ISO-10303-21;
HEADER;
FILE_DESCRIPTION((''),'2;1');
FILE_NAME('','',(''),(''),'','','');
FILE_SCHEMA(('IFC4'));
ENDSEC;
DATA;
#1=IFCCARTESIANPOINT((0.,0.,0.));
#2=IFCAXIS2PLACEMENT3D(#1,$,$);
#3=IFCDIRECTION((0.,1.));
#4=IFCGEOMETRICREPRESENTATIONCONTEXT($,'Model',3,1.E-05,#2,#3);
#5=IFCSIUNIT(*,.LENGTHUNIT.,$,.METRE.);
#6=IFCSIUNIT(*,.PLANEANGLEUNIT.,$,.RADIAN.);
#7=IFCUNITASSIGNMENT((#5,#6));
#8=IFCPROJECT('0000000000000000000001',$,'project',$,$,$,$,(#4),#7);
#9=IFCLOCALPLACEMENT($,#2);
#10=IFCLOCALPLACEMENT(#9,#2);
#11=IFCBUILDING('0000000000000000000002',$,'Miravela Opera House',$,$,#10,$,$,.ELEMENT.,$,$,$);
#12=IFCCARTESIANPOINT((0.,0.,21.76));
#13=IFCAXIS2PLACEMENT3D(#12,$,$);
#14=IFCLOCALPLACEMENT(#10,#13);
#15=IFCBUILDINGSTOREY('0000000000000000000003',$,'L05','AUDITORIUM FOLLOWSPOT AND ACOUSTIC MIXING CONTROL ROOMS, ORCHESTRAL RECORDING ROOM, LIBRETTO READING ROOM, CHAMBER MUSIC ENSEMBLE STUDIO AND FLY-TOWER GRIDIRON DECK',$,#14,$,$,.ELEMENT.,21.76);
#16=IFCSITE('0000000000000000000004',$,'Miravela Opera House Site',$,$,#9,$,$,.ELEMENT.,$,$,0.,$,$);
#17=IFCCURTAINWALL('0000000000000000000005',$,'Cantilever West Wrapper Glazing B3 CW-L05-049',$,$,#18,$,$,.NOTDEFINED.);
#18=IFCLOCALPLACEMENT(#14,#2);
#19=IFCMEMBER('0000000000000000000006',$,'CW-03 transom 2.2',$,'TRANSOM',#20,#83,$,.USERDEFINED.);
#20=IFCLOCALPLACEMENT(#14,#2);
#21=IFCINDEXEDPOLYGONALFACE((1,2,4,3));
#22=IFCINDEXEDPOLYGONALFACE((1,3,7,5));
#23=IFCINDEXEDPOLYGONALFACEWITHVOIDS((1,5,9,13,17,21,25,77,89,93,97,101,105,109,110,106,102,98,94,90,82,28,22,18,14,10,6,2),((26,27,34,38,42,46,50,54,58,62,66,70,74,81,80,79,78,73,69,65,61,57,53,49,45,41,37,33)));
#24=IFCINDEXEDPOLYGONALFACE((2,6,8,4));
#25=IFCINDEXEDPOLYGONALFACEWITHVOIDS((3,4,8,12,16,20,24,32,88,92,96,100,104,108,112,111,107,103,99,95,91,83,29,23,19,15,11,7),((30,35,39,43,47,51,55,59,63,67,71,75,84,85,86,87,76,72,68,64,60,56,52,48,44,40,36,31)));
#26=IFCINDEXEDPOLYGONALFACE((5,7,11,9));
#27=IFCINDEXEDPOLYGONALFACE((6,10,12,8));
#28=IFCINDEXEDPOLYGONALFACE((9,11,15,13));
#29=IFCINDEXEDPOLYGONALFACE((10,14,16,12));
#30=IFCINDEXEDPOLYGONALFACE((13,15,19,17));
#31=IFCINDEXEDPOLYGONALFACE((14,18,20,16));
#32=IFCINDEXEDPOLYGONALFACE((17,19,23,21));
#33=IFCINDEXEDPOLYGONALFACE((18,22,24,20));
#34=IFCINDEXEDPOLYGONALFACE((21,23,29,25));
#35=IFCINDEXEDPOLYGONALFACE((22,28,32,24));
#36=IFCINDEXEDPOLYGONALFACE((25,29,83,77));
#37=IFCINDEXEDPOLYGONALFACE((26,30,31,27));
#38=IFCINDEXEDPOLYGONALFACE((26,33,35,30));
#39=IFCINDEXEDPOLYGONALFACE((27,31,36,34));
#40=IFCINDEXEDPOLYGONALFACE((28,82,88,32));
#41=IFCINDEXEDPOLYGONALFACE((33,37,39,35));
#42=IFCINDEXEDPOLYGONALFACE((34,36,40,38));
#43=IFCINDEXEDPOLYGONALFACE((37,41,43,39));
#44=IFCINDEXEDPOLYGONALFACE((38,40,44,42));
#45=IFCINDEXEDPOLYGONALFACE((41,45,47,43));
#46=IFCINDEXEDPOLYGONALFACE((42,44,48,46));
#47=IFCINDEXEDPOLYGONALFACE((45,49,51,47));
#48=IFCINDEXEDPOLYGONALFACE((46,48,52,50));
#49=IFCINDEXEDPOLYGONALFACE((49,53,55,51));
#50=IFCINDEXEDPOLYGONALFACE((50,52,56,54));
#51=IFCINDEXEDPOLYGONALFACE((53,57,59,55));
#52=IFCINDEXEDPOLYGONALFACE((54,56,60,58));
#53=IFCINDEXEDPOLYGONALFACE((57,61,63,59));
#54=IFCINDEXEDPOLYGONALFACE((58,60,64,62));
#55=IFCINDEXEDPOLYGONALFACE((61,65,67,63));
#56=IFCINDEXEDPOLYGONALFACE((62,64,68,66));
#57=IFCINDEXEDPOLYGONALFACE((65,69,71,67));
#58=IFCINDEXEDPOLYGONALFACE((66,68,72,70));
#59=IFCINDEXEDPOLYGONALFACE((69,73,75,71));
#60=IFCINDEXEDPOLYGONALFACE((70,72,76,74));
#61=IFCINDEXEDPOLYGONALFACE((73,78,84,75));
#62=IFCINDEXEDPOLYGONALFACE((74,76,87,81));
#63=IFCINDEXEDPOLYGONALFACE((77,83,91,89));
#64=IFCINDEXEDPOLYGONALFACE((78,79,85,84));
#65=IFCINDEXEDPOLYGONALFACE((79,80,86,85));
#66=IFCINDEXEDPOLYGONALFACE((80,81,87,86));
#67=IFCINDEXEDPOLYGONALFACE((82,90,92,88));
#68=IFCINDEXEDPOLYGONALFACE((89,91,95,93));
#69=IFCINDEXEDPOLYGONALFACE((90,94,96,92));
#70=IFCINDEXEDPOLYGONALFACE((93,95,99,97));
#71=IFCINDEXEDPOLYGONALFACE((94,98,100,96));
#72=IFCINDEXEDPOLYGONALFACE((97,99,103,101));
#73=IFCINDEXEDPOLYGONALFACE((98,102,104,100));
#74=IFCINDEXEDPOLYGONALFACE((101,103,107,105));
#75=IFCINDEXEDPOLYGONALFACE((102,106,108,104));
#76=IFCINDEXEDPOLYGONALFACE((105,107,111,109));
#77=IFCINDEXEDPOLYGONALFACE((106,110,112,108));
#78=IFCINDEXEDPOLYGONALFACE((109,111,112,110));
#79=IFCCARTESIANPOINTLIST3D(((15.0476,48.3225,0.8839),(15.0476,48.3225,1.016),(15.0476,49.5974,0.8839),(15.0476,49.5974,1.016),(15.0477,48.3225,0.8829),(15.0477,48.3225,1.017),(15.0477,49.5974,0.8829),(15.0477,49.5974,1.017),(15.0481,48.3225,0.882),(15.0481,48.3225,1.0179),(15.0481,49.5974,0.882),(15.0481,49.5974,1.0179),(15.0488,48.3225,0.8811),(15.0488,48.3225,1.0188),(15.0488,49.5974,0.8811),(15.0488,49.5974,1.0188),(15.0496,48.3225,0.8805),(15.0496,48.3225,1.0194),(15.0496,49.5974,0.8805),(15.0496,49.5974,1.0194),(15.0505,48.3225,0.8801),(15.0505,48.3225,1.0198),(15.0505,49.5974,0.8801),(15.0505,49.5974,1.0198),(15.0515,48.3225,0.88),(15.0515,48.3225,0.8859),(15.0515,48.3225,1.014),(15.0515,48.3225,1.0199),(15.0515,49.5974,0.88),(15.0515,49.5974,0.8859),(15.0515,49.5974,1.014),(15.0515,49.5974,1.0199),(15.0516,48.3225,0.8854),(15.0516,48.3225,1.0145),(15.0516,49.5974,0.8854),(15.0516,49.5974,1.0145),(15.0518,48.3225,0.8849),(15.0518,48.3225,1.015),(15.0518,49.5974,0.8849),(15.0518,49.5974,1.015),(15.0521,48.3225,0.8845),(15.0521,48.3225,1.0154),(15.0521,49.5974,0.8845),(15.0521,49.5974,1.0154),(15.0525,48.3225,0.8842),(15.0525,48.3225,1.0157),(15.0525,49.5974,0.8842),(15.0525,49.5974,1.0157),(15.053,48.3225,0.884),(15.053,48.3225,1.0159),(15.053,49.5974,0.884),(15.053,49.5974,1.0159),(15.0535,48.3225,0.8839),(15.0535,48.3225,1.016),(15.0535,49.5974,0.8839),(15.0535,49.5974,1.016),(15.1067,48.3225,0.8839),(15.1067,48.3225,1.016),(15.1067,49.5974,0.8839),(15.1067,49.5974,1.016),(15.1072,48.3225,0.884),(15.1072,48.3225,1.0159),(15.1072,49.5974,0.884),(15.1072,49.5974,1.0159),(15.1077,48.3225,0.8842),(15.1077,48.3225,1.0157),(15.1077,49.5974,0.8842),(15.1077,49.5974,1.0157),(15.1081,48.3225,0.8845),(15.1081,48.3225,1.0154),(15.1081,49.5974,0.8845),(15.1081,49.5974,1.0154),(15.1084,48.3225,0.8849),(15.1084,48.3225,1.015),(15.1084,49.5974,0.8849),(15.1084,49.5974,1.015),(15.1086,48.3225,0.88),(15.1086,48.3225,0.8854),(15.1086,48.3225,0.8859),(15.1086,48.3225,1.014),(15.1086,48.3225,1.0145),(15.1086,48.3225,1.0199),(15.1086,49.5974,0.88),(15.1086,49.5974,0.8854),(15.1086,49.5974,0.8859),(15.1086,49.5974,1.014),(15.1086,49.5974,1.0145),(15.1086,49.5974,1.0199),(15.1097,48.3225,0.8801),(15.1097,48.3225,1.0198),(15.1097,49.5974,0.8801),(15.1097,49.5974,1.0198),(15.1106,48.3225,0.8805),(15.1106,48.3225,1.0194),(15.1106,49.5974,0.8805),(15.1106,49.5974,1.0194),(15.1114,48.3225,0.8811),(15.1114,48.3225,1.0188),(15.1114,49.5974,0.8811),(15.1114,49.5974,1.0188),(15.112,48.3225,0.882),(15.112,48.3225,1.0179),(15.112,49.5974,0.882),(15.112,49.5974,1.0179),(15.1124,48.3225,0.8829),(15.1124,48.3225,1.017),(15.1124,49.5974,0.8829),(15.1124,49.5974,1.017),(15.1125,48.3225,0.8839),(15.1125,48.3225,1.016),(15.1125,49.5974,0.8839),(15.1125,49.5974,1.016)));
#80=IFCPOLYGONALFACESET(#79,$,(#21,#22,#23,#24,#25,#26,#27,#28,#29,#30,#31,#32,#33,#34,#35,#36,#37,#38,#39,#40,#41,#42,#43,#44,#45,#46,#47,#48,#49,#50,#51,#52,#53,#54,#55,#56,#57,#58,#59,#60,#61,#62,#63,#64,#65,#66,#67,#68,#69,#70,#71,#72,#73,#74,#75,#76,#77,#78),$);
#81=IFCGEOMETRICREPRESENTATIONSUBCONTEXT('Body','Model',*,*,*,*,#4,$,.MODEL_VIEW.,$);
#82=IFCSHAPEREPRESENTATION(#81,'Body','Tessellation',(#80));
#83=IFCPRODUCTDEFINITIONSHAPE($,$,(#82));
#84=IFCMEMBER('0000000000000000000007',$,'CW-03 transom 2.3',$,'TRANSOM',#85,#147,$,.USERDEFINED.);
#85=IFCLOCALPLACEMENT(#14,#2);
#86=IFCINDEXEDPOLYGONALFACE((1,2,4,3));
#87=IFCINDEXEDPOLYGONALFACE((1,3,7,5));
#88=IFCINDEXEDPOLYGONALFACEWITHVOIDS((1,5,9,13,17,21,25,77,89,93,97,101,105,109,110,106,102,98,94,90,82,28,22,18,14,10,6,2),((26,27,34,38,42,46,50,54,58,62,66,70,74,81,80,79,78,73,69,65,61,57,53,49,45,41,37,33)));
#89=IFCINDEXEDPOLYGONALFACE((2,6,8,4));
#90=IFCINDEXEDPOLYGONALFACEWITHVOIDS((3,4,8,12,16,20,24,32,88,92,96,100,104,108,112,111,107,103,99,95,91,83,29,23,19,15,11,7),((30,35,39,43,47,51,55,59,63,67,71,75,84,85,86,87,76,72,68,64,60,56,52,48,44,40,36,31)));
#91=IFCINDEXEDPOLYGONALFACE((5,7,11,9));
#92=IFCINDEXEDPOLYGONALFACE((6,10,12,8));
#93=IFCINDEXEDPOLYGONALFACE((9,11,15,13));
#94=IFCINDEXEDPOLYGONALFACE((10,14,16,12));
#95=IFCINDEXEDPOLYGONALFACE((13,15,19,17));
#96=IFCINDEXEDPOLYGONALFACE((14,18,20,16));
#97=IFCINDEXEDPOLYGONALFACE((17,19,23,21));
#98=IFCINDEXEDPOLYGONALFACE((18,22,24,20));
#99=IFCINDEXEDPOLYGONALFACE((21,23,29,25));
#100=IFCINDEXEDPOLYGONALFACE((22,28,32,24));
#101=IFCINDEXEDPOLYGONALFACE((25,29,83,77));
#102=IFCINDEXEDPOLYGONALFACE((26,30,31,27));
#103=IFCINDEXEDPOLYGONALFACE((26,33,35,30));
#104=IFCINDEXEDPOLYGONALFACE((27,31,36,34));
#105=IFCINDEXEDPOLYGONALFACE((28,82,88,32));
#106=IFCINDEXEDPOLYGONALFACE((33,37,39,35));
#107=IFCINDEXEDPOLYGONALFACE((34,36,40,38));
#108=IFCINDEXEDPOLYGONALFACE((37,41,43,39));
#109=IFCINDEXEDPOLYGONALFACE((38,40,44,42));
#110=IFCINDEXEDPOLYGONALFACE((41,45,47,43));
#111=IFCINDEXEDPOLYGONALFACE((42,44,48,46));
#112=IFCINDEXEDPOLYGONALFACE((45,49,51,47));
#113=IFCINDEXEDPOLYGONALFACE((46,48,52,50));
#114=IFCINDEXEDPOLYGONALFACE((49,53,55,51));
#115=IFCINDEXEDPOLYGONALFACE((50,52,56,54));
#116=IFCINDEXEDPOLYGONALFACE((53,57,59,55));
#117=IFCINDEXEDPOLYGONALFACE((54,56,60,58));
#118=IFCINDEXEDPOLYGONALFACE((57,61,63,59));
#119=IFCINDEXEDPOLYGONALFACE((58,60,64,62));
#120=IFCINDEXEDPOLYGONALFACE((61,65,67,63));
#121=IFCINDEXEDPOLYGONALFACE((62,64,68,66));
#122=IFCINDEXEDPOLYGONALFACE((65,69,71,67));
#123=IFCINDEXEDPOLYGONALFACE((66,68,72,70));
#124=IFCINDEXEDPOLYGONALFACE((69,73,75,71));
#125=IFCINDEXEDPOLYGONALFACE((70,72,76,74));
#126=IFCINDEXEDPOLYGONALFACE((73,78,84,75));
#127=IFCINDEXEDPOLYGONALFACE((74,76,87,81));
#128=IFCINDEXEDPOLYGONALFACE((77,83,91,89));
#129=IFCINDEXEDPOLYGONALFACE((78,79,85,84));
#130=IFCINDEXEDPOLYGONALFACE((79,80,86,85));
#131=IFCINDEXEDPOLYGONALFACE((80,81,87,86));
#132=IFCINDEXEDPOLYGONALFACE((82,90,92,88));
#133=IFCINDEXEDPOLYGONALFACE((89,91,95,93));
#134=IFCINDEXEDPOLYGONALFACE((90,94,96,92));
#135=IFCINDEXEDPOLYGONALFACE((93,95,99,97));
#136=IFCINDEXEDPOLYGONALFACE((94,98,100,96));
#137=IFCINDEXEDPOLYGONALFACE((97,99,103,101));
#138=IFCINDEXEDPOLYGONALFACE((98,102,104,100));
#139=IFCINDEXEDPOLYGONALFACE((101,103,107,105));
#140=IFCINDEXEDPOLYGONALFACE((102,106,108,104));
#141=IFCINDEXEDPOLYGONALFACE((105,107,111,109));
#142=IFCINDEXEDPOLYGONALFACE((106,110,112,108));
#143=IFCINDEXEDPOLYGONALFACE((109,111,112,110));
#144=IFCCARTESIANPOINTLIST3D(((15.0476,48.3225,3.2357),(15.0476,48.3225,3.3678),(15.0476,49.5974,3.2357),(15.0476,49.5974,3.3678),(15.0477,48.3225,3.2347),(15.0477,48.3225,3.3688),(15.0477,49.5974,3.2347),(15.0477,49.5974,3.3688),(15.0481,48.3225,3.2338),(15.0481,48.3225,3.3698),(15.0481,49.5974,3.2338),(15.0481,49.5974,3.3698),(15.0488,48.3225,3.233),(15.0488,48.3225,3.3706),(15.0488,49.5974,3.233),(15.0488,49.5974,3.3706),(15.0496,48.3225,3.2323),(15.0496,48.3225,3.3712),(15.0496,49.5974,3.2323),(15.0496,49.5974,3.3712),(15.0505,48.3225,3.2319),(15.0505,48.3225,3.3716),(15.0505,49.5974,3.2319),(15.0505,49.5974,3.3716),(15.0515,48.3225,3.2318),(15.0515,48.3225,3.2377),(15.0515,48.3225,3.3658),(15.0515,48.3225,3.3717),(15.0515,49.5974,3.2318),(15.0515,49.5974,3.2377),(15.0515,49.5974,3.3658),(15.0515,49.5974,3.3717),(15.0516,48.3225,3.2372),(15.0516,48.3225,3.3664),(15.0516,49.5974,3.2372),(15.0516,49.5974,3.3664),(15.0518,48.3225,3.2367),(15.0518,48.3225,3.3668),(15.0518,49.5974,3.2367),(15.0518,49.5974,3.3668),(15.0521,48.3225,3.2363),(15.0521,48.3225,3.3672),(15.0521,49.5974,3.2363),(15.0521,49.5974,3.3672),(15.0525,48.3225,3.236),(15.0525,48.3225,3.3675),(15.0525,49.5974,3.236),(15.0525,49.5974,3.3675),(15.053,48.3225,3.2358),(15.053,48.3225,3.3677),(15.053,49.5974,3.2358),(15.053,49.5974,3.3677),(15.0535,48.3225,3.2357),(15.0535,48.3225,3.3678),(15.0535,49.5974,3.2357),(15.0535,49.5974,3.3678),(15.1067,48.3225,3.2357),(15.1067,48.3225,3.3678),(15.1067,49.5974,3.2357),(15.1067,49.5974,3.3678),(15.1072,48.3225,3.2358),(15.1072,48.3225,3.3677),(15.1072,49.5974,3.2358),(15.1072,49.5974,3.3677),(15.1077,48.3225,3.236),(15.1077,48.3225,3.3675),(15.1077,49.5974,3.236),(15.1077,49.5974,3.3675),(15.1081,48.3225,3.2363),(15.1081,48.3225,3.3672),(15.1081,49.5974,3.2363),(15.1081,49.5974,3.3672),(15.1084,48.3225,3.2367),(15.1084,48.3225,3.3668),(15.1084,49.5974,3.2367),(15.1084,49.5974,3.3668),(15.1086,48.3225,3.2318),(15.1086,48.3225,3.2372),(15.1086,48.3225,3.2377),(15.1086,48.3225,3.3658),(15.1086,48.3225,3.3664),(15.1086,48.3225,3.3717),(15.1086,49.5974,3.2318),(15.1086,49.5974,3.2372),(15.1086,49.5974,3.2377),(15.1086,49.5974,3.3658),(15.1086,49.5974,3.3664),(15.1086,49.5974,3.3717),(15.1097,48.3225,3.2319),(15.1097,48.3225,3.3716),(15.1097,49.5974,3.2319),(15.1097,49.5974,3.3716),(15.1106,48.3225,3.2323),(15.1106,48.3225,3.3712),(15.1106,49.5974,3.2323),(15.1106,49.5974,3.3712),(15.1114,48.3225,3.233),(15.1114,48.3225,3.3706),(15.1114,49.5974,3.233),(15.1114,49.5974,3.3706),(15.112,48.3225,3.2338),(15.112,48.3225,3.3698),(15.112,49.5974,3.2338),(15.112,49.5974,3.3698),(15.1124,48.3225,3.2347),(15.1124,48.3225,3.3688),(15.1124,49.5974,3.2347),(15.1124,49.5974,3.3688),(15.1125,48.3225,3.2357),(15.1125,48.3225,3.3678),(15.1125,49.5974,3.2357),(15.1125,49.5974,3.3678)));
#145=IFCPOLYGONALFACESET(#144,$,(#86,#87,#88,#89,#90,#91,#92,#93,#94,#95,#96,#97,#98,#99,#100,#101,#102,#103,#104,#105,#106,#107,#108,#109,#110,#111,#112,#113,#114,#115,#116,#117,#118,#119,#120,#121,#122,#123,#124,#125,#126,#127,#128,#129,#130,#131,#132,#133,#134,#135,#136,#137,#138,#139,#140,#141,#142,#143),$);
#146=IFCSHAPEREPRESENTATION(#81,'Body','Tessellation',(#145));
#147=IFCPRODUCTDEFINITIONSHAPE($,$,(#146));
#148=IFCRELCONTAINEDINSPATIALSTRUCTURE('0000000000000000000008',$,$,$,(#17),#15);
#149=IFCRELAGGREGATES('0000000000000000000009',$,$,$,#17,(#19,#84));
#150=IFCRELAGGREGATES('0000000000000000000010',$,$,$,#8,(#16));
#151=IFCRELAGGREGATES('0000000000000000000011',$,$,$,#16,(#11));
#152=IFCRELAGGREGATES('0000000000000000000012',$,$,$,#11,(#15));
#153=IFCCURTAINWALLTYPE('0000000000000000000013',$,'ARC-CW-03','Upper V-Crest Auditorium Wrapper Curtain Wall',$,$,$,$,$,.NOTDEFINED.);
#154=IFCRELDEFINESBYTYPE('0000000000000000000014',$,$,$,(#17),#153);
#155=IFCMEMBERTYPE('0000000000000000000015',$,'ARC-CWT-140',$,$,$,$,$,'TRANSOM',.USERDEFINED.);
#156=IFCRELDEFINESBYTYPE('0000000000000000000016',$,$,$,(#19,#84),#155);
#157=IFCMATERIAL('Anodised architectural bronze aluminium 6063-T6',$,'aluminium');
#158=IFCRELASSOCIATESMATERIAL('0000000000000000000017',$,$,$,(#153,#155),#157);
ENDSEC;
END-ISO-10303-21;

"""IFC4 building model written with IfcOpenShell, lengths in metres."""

from ifc_helpers import new_model, si_unit, direction, frame, origin, origin_2d, place, context, subcontext, project, spatial, hollow_rectangle, extrude, material, material_profile, profile_set, type_object, element, aggregate, save


model = new_model("IFC4")

# Units and contexts
model_context = context("Model", 3, precision=1e-05, world=origin(), true_north=direction((0.0, 1.0)))
body_context = subcontext(model_context, "Body", "Model", "MODEL_VIEW")
ifc_project = project(units=[si_unit("LENGTHUNIT", "METRE"), si_unit("PLANEANGLEUNIT", "RADIAN")], contexts=[model_context])

# Site, building, storey
site_placement = place(None, origin())
site = spatial("IfcSite", under=ifc_project, at=site_placement, Name="Miravela Opera House Site", CompositionType="ELEMENT", RefElevation=0.0)
building_placement = place(site_placement, origin())
building = spatial("IfcBuilding", under=site, at=building_placement, Name="Miravela Opera House", CompositionType="ELEMENT")
storey_placement = place(building_placement, frame((0.0, 0.0, 21.76)))
storey = spatial("IfcBuildingStorey", under=building, at=storey_placement, Name="L05", Description="AUDITORIUM FOLLOWSPOT AND ACOUSTIC MIXING CONTROL ROOMS, ORCHESTRAL RECORDING ROOM, LIBRETTO READING ROOM, CHAMBER MUSIC ENSEMBLE STUDIO AND FLY-TOWER GRIDIRON DECK", CompositionType="ELEMENT", Elevation=21.76)

# Shared definitions
ifc_material_1 = material(Name="Anodised architectural bronze aluminium 6063-T6", Category="aluminium")
curtain_wall_type = type_object("IfcCurtainWallType", Name="ARC-CW-03", Description="Upper V-Crest Auditorium Wrapper Curtain Wall", PredefinedType="NOTDEFINED", material=ifc_material_1)

# Curtain wall, members
curtain_wall_1_placement = place(storey_placement, origin())
curtain_wall_1 = element("IfcCurtainWall", 1, at=curtain_wall_1_placement, inside=storey, type_object=curtain_wall_type, Name="Cantilever West Wrapper Glazing B3 CW-L05-049", PredefinedType="NOTDEFINED")
ifc_material_profile_1 = material_profile(ifc_material_1, hollow_rectangle(XDim=0.0649, YDim=0.1399, WallThickness=0.0039, InnerFilletRadius=0.002, OuterFilletRadius=0.0039, at=origin_2d()), Name="CWT-65X140")
ifc_profile_set_1 = profile_set([ifc_material_profile_1])
member_type_1 = type_object("IfcMemberType", Name="ARC-CWT-140", ElementType="TRANSOM", PredefinedType="USERDEFINED", material=ifc_profile_set_1)
member_1_placement = place(storey_placement, frame((15.0801, 48.3225, 0.95), z_axis=(0.0, 1.0, 0.0), x_axis=(-1.0, 0.0, 0.0)))
member_1 = element("IfcMember", 2, at=member_1_placement, type_object=member_type_1, Name="CW-03 transom 2.2", ObjectType="TRANSOM", PredefinedType="USERDEFINED", context=body_context, shape_type="SweptSolid", body=[
    extrude(hollow_rectangle(XDim=0.0649, YDim=0.1399, WallThickness=0.0039, InnerFilletRadius=0.002, OuterFilletRadius=0.0039, at=origin_2d()), origin(), (0.0, 0.0, 1.0), 1.2749),
])
member_2_placement = place(storey_placement, frame((15.0801, 48.3225, 3.3018), z_axis=(0.0, 1.0, 0.0), x_axis=(-1.0, 0.0, 0.0)))
member_2 = element("IfcMember", 3, at=member_2_placement, type_object=member_type_1, Name="CW-03 transom 2.3", ObjectType="TRANSOM", PredefinedType="USERDEFINED", context=body_context, shape_type="SweptSolid", body=[
    extrude(hollow_rectangle(XDim=0.0649, YDim=0.1399, WallThickness=0.0039, InnerFilletRadius=0.002, OuterFilletRadius=0.0039, at=origin_2d()), origin(), (0.0, 0.0, 1.0), 1.2749),
])

aggregate(curtain_wall_1, [member_1, member_2])

save(model, "model.ifc")
